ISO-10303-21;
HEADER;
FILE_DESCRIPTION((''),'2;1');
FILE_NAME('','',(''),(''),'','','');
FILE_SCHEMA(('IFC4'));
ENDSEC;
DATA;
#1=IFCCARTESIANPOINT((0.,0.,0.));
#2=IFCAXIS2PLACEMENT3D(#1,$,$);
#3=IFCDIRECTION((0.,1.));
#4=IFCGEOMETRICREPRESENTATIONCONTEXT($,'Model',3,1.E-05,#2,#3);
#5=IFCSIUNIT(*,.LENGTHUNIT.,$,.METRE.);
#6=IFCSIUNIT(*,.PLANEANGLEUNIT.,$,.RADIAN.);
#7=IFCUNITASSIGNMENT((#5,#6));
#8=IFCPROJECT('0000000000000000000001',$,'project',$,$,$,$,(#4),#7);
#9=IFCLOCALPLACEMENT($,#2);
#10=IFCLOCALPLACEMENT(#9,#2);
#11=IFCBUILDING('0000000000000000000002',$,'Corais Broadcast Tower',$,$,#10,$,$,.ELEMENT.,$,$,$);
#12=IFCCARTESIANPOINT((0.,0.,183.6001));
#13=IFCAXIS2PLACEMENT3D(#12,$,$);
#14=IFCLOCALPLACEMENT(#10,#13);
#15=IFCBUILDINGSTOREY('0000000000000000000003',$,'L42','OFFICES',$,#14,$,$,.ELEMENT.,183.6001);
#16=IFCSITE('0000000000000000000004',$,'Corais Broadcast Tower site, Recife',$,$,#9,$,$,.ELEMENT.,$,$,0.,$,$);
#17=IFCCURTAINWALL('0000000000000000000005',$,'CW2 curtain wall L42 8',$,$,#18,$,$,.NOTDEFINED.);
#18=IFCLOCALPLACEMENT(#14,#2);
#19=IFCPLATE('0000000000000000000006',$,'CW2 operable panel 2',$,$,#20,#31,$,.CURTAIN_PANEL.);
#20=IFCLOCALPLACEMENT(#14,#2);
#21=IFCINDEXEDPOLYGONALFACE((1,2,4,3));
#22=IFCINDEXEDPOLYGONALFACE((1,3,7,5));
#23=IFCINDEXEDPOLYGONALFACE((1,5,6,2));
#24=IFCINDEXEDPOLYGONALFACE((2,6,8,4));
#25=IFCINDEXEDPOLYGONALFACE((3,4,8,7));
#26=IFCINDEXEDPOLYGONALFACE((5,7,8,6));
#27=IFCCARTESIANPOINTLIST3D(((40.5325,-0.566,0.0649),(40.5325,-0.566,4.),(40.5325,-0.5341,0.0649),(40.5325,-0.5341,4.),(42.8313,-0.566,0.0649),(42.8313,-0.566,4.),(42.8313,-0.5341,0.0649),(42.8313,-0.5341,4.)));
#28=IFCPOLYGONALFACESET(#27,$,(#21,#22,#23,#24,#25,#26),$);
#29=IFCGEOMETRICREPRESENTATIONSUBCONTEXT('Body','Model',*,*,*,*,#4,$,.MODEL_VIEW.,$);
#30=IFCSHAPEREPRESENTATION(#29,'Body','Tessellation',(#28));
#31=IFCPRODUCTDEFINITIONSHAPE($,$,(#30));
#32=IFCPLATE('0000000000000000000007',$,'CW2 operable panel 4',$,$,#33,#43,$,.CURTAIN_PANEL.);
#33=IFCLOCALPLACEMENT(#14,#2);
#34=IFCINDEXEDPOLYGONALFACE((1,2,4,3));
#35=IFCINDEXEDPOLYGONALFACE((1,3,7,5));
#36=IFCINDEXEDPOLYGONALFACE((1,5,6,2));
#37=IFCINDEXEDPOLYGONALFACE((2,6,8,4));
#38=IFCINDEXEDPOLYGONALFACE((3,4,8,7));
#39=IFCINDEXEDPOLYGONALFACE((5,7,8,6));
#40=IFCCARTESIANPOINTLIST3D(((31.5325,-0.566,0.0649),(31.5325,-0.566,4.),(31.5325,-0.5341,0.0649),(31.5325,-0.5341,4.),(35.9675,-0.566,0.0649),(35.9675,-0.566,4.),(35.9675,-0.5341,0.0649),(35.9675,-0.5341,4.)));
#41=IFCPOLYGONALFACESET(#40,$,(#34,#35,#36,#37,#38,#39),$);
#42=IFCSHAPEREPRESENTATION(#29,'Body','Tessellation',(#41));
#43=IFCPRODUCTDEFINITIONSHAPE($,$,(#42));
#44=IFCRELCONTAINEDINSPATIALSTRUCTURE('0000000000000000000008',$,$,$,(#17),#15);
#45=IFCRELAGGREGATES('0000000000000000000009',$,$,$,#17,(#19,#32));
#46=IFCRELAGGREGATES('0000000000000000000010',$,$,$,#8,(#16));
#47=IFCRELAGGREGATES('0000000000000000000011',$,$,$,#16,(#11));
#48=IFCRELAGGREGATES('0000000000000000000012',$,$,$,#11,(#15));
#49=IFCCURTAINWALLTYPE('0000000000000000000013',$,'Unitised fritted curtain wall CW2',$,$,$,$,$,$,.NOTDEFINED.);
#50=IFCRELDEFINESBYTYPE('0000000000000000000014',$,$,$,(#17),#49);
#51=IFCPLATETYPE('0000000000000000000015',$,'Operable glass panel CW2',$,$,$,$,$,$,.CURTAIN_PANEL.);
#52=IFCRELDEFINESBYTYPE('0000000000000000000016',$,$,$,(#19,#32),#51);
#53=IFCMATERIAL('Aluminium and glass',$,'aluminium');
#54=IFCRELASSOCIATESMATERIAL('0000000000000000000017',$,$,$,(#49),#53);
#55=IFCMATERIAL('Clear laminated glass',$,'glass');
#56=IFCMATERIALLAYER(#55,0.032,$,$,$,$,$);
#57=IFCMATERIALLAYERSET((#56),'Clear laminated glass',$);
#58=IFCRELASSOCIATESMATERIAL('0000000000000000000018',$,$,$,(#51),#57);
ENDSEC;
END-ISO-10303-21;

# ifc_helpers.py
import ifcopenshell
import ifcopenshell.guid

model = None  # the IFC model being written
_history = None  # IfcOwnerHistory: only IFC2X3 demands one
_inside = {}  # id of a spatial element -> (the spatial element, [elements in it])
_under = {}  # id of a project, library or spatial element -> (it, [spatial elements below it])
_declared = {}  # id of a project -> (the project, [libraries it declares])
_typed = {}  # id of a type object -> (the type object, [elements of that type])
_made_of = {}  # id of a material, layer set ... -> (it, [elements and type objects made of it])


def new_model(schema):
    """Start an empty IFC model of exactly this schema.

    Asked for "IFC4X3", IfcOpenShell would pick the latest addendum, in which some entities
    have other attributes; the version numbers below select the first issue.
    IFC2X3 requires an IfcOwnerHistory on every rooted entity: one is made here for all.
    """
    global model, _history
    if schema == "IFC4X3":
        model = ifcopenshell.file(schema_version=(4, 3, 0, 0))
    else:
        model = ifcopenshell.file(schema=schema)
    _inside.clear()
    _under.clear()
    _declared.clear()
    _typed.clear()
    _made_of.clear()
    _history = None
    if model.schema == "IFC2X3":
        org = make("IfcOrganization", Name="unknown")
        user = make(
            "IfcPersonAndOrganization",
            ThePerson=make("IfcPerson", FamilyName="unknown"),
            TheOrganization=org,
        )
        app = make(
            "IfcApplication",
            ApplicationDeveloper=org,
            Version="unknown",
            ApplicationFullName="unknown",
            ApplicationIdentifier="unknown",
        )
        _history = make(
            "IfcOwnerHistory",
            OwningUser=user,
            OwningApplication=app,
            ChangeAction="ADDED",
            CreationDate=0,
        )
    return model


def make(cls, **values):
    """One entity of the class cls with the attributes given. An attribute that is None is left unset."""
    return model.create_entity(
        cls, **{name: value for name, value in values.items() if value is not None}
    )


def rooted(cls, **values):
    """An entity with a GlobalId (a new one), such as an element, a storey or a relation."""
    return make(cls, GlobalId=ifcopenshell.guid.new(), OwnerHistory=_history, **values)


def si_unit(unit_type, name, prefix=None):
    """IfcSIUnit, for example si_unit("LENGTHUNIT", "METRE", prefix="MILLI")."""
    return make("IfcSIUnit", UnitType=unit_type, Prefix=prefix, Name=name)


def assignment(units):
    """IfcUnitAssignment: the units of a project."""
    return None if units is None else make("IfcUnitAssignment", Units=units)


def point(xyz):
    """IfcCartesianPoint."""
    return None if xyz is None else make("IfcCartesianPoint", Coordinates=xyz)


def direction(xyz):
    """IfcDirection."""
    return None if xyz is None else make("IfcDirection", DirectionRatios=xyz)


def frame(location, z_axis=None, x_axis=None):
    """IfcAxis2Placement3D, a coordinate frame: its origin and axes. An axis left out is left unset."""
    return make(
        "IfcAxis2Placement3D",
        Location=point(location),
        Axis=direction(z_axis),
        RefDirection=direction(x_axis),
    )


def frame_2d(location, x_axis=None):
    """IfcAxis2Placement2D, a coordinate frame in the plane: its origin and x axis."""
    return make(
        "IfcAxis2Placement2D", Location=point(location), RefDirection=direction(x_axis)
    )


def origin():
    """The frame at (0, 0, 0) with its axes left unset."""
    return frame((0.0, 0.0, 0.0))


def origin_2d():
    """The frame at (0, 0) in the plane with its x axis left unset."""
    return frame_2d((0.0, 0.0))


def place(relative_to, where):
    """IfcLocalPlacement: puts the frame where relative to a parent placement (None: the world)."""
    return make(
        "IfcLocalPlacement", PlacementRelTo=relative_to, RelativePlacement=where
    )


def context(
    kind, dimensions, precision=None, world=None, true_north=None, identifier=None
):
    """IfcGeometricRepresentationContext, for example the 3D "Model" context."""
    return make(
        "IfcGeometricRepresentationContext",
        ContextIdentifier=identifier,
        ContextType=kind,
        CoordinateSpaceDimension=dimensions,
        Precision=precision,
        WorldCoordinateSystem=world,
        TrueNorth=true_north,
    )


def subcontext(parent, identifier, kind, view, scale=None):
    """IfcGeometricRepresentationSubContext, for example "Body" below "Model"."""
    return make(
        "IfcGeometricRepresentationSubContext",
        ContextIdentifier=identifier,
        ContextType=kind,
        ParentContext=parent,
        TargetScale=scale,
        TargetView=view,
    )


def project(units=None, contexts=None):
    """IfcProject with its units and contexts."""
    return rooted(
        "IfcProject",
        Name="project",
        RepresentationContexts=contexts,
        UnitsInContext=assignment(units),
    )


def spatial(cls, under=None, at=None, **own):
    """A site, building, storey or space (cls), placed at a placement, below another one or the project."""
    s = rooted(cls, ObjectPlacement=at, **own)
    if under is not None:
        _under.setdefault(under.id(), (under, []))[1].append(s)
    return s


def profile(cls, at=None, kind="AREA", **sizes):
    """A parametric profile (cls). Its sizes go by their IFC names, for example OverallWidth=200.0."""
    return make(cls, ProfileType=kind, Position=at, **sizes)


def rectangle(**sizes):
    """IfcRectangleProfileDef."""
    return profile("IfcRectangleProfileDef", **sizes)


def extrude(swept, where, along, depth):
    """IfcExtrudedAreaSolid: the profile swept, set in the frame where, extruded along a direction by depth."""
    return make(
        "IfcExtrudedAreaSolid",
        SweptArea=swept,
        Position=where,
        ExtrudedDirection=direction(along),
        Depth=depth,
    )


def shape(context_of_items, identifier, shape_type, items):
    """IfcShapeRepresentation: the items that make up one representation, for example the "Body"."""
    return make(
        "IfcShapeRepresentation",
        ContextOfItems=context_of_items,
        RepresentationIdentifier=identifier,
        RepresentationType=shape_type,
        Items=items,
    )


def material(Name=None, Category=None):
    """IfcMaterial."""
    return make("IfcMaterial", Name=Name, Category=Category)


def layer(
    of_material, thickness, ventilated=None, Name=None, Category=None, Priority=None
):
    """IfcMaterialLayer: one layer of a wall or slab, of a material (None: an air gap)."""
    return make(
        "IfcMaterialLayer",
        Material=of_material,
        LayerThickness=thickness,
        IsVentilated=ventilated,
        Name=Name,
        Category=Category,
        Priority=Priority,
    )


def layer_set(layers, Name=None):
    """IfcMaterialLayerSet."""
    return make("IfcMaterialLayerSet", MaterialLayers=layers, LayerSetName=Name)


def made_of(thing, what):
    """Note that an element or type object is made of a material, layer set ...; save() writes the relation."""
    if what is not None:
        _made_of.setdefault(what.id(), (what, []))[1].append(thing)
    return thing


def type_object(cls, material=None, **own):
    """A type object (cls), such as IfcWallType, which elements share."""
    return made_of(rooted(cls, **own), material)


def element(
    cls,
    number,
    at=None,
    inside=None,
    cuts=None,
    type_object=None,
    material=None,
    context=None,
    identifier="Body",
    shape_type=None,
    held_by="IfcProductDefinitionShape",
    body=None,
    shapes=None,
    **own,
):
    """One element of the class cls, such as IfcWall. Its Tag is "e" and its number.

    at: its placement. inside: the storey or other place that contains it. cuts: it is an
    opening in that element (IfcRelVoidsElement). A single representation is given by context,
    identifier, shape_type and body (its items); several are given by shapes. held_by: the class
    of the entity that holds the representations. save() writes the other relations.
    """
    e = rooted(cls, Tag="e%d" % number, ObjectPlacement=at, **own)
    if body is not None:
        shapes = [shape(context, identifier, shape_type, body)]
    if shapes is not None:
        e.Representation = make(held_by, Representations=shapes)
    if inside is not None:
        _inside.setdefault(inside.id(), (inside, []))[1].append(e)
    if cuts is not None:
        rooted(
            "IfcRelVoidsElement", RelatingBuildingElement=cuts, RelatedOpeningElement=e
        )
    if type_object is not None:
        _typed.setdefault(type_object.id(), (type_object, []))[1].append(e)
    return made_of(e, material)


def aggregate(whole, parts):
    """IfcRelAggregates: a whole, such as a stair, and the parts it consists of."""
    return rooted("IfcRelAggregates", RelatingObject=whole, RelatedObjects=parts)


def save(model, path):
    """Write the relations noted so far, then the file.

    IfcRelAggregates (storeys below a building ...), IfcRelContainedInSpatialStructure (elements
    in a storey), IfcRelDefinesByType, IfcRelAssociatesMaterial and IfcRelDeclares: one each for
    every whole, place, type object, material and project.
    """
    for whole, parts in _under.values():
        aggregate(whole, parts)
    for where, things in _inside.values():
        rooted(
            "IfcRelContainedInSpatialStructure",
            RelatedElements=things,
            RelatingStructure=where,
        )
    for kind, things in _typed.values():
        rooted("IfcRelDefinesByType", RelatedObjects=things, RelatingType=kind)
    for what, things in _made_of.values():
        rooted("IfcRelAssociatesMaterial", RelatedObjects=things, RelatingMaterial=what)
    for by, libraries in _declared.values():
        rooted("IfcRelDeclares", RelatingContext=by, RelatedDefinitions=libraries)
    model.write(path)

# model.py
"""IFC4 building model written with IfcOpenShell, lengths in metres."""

from ifc_helpers import new_model, si_unit, direction, frame, origin, origin_2d, place, context, subcontext, project, spatial, rectangle, extrude, material, layer, layer_set, type_object, element, aggregate, save


model = new_model("IFC4")

# Units and contexts
model_context = context("Model", 3, precision=1e-05, world=origin(), true_north=direction((0.0, 1.0)))
body_context = subcontext(model_context, "Body", "Model", "MODEL_VIEW")
ifc_project = project(units=[si_unit("LENGTHUNIT", "METRE"), si_unit("PLANEANGLEUNIT", "RADIAN")], contexts=[model_context])

# Site, building, storey
site_placement = place(None, origin())
site = spatial("IfcSite", under=ifc_project, at=site_placement, Name="Corais Broadcast Tower site, Recife", CompositionType="ELEMENT", RefElevation=0.0)
building_placement = place(site_placement, origin())
building = spatial("IfcBuilding", under=site, at=building_placement, Name="Corais Broadcast Tower", CompositionType="ELEMENT")
storey_placement = place(building_placement, frame((0.0, 0.0, 183.6001)))
storey = spatial("IfcBuildingStorey", under=building, at=storey_placement, Name="L42", Description="OFFICES", CompositionType="ELEMENT", Elevation=183.6001)

# Curtain wall
ifc_material_1 = material(Name="Aluminium and glass", Category="aluminium")
curtain_wall_type = type_object("IfcCurtainWallType", Name="Unitised fritted curtain wall CW2", PredefinedType="NOTDEFINED", material=ifc_material_1)
curtain_wall_placement = place(storey_placement, origin())
curtain_wall = element("IfcCurtainWall", 1, at=curtain_wall_placement, inside=storey, type_object=curtain_wall_type, Name="CW2 curtain wall L42 8", PredefinedType="NOTDEFINED")

# Plates
ifc_material_2 = material(Name="Clear laminated glass", Category="glass")
ifc_layer_1 = layer(ifc_material_2, 0.032)
ifc_layer_set_1 = layer_set([ifc_layer_1], Name="Clear laminated glass")
plate_type_1 = type_object("IfcPlateType", Name="Operable glass panel CW2", PredefinedType="CURTAIN_PANEL", material=ifc_layer_set_1)
plate_1_placement = place(storey_placement, frame((41.6819, -0.55, 0.0649), z_axis=(0.0, 0.0, 1.0), x_axis=(-1.0, 0.0, 0.0)))
plate_1 = element("IfcPlate", 2, at=plate_1_placement, type_object=plate_type_1, Name="CW2 operable panel 2", PredefinedType="CURTAIN_PANEL", context=body_context, shape_type="SweptSolid", body=[
    extrude(rectangle(XDim=2.2988, YDim=0.032, at=origin_2d()), origin(), (0.0, 0.0, 1.0), 3.9351),
])
plate_2_placement = place(storey_placement, frame((33.75, -0.55, 0.0649), z_axis=(0.0, 0.0, 1.0), x_axis=(-1.0, 0.0, 0.0)))
plate_2 = element("IfcPlate", 3, at=plate_2_placement, type_object=plate_type_1, Name="CW2 operable panel 4", PredefinedType="CURTAIN_PANEL", context=body_context, shape_type="SweptSolid", body=[
    extrude(rectangle(XDim=4.4351, YDim=0.032, at=origin_2d()), origin(), (0.0, 0.0, 1.0), 3.9351),
])
aggregate(curtain_wall, [plate_1, plate_2])

save(model, "model.ifc")
